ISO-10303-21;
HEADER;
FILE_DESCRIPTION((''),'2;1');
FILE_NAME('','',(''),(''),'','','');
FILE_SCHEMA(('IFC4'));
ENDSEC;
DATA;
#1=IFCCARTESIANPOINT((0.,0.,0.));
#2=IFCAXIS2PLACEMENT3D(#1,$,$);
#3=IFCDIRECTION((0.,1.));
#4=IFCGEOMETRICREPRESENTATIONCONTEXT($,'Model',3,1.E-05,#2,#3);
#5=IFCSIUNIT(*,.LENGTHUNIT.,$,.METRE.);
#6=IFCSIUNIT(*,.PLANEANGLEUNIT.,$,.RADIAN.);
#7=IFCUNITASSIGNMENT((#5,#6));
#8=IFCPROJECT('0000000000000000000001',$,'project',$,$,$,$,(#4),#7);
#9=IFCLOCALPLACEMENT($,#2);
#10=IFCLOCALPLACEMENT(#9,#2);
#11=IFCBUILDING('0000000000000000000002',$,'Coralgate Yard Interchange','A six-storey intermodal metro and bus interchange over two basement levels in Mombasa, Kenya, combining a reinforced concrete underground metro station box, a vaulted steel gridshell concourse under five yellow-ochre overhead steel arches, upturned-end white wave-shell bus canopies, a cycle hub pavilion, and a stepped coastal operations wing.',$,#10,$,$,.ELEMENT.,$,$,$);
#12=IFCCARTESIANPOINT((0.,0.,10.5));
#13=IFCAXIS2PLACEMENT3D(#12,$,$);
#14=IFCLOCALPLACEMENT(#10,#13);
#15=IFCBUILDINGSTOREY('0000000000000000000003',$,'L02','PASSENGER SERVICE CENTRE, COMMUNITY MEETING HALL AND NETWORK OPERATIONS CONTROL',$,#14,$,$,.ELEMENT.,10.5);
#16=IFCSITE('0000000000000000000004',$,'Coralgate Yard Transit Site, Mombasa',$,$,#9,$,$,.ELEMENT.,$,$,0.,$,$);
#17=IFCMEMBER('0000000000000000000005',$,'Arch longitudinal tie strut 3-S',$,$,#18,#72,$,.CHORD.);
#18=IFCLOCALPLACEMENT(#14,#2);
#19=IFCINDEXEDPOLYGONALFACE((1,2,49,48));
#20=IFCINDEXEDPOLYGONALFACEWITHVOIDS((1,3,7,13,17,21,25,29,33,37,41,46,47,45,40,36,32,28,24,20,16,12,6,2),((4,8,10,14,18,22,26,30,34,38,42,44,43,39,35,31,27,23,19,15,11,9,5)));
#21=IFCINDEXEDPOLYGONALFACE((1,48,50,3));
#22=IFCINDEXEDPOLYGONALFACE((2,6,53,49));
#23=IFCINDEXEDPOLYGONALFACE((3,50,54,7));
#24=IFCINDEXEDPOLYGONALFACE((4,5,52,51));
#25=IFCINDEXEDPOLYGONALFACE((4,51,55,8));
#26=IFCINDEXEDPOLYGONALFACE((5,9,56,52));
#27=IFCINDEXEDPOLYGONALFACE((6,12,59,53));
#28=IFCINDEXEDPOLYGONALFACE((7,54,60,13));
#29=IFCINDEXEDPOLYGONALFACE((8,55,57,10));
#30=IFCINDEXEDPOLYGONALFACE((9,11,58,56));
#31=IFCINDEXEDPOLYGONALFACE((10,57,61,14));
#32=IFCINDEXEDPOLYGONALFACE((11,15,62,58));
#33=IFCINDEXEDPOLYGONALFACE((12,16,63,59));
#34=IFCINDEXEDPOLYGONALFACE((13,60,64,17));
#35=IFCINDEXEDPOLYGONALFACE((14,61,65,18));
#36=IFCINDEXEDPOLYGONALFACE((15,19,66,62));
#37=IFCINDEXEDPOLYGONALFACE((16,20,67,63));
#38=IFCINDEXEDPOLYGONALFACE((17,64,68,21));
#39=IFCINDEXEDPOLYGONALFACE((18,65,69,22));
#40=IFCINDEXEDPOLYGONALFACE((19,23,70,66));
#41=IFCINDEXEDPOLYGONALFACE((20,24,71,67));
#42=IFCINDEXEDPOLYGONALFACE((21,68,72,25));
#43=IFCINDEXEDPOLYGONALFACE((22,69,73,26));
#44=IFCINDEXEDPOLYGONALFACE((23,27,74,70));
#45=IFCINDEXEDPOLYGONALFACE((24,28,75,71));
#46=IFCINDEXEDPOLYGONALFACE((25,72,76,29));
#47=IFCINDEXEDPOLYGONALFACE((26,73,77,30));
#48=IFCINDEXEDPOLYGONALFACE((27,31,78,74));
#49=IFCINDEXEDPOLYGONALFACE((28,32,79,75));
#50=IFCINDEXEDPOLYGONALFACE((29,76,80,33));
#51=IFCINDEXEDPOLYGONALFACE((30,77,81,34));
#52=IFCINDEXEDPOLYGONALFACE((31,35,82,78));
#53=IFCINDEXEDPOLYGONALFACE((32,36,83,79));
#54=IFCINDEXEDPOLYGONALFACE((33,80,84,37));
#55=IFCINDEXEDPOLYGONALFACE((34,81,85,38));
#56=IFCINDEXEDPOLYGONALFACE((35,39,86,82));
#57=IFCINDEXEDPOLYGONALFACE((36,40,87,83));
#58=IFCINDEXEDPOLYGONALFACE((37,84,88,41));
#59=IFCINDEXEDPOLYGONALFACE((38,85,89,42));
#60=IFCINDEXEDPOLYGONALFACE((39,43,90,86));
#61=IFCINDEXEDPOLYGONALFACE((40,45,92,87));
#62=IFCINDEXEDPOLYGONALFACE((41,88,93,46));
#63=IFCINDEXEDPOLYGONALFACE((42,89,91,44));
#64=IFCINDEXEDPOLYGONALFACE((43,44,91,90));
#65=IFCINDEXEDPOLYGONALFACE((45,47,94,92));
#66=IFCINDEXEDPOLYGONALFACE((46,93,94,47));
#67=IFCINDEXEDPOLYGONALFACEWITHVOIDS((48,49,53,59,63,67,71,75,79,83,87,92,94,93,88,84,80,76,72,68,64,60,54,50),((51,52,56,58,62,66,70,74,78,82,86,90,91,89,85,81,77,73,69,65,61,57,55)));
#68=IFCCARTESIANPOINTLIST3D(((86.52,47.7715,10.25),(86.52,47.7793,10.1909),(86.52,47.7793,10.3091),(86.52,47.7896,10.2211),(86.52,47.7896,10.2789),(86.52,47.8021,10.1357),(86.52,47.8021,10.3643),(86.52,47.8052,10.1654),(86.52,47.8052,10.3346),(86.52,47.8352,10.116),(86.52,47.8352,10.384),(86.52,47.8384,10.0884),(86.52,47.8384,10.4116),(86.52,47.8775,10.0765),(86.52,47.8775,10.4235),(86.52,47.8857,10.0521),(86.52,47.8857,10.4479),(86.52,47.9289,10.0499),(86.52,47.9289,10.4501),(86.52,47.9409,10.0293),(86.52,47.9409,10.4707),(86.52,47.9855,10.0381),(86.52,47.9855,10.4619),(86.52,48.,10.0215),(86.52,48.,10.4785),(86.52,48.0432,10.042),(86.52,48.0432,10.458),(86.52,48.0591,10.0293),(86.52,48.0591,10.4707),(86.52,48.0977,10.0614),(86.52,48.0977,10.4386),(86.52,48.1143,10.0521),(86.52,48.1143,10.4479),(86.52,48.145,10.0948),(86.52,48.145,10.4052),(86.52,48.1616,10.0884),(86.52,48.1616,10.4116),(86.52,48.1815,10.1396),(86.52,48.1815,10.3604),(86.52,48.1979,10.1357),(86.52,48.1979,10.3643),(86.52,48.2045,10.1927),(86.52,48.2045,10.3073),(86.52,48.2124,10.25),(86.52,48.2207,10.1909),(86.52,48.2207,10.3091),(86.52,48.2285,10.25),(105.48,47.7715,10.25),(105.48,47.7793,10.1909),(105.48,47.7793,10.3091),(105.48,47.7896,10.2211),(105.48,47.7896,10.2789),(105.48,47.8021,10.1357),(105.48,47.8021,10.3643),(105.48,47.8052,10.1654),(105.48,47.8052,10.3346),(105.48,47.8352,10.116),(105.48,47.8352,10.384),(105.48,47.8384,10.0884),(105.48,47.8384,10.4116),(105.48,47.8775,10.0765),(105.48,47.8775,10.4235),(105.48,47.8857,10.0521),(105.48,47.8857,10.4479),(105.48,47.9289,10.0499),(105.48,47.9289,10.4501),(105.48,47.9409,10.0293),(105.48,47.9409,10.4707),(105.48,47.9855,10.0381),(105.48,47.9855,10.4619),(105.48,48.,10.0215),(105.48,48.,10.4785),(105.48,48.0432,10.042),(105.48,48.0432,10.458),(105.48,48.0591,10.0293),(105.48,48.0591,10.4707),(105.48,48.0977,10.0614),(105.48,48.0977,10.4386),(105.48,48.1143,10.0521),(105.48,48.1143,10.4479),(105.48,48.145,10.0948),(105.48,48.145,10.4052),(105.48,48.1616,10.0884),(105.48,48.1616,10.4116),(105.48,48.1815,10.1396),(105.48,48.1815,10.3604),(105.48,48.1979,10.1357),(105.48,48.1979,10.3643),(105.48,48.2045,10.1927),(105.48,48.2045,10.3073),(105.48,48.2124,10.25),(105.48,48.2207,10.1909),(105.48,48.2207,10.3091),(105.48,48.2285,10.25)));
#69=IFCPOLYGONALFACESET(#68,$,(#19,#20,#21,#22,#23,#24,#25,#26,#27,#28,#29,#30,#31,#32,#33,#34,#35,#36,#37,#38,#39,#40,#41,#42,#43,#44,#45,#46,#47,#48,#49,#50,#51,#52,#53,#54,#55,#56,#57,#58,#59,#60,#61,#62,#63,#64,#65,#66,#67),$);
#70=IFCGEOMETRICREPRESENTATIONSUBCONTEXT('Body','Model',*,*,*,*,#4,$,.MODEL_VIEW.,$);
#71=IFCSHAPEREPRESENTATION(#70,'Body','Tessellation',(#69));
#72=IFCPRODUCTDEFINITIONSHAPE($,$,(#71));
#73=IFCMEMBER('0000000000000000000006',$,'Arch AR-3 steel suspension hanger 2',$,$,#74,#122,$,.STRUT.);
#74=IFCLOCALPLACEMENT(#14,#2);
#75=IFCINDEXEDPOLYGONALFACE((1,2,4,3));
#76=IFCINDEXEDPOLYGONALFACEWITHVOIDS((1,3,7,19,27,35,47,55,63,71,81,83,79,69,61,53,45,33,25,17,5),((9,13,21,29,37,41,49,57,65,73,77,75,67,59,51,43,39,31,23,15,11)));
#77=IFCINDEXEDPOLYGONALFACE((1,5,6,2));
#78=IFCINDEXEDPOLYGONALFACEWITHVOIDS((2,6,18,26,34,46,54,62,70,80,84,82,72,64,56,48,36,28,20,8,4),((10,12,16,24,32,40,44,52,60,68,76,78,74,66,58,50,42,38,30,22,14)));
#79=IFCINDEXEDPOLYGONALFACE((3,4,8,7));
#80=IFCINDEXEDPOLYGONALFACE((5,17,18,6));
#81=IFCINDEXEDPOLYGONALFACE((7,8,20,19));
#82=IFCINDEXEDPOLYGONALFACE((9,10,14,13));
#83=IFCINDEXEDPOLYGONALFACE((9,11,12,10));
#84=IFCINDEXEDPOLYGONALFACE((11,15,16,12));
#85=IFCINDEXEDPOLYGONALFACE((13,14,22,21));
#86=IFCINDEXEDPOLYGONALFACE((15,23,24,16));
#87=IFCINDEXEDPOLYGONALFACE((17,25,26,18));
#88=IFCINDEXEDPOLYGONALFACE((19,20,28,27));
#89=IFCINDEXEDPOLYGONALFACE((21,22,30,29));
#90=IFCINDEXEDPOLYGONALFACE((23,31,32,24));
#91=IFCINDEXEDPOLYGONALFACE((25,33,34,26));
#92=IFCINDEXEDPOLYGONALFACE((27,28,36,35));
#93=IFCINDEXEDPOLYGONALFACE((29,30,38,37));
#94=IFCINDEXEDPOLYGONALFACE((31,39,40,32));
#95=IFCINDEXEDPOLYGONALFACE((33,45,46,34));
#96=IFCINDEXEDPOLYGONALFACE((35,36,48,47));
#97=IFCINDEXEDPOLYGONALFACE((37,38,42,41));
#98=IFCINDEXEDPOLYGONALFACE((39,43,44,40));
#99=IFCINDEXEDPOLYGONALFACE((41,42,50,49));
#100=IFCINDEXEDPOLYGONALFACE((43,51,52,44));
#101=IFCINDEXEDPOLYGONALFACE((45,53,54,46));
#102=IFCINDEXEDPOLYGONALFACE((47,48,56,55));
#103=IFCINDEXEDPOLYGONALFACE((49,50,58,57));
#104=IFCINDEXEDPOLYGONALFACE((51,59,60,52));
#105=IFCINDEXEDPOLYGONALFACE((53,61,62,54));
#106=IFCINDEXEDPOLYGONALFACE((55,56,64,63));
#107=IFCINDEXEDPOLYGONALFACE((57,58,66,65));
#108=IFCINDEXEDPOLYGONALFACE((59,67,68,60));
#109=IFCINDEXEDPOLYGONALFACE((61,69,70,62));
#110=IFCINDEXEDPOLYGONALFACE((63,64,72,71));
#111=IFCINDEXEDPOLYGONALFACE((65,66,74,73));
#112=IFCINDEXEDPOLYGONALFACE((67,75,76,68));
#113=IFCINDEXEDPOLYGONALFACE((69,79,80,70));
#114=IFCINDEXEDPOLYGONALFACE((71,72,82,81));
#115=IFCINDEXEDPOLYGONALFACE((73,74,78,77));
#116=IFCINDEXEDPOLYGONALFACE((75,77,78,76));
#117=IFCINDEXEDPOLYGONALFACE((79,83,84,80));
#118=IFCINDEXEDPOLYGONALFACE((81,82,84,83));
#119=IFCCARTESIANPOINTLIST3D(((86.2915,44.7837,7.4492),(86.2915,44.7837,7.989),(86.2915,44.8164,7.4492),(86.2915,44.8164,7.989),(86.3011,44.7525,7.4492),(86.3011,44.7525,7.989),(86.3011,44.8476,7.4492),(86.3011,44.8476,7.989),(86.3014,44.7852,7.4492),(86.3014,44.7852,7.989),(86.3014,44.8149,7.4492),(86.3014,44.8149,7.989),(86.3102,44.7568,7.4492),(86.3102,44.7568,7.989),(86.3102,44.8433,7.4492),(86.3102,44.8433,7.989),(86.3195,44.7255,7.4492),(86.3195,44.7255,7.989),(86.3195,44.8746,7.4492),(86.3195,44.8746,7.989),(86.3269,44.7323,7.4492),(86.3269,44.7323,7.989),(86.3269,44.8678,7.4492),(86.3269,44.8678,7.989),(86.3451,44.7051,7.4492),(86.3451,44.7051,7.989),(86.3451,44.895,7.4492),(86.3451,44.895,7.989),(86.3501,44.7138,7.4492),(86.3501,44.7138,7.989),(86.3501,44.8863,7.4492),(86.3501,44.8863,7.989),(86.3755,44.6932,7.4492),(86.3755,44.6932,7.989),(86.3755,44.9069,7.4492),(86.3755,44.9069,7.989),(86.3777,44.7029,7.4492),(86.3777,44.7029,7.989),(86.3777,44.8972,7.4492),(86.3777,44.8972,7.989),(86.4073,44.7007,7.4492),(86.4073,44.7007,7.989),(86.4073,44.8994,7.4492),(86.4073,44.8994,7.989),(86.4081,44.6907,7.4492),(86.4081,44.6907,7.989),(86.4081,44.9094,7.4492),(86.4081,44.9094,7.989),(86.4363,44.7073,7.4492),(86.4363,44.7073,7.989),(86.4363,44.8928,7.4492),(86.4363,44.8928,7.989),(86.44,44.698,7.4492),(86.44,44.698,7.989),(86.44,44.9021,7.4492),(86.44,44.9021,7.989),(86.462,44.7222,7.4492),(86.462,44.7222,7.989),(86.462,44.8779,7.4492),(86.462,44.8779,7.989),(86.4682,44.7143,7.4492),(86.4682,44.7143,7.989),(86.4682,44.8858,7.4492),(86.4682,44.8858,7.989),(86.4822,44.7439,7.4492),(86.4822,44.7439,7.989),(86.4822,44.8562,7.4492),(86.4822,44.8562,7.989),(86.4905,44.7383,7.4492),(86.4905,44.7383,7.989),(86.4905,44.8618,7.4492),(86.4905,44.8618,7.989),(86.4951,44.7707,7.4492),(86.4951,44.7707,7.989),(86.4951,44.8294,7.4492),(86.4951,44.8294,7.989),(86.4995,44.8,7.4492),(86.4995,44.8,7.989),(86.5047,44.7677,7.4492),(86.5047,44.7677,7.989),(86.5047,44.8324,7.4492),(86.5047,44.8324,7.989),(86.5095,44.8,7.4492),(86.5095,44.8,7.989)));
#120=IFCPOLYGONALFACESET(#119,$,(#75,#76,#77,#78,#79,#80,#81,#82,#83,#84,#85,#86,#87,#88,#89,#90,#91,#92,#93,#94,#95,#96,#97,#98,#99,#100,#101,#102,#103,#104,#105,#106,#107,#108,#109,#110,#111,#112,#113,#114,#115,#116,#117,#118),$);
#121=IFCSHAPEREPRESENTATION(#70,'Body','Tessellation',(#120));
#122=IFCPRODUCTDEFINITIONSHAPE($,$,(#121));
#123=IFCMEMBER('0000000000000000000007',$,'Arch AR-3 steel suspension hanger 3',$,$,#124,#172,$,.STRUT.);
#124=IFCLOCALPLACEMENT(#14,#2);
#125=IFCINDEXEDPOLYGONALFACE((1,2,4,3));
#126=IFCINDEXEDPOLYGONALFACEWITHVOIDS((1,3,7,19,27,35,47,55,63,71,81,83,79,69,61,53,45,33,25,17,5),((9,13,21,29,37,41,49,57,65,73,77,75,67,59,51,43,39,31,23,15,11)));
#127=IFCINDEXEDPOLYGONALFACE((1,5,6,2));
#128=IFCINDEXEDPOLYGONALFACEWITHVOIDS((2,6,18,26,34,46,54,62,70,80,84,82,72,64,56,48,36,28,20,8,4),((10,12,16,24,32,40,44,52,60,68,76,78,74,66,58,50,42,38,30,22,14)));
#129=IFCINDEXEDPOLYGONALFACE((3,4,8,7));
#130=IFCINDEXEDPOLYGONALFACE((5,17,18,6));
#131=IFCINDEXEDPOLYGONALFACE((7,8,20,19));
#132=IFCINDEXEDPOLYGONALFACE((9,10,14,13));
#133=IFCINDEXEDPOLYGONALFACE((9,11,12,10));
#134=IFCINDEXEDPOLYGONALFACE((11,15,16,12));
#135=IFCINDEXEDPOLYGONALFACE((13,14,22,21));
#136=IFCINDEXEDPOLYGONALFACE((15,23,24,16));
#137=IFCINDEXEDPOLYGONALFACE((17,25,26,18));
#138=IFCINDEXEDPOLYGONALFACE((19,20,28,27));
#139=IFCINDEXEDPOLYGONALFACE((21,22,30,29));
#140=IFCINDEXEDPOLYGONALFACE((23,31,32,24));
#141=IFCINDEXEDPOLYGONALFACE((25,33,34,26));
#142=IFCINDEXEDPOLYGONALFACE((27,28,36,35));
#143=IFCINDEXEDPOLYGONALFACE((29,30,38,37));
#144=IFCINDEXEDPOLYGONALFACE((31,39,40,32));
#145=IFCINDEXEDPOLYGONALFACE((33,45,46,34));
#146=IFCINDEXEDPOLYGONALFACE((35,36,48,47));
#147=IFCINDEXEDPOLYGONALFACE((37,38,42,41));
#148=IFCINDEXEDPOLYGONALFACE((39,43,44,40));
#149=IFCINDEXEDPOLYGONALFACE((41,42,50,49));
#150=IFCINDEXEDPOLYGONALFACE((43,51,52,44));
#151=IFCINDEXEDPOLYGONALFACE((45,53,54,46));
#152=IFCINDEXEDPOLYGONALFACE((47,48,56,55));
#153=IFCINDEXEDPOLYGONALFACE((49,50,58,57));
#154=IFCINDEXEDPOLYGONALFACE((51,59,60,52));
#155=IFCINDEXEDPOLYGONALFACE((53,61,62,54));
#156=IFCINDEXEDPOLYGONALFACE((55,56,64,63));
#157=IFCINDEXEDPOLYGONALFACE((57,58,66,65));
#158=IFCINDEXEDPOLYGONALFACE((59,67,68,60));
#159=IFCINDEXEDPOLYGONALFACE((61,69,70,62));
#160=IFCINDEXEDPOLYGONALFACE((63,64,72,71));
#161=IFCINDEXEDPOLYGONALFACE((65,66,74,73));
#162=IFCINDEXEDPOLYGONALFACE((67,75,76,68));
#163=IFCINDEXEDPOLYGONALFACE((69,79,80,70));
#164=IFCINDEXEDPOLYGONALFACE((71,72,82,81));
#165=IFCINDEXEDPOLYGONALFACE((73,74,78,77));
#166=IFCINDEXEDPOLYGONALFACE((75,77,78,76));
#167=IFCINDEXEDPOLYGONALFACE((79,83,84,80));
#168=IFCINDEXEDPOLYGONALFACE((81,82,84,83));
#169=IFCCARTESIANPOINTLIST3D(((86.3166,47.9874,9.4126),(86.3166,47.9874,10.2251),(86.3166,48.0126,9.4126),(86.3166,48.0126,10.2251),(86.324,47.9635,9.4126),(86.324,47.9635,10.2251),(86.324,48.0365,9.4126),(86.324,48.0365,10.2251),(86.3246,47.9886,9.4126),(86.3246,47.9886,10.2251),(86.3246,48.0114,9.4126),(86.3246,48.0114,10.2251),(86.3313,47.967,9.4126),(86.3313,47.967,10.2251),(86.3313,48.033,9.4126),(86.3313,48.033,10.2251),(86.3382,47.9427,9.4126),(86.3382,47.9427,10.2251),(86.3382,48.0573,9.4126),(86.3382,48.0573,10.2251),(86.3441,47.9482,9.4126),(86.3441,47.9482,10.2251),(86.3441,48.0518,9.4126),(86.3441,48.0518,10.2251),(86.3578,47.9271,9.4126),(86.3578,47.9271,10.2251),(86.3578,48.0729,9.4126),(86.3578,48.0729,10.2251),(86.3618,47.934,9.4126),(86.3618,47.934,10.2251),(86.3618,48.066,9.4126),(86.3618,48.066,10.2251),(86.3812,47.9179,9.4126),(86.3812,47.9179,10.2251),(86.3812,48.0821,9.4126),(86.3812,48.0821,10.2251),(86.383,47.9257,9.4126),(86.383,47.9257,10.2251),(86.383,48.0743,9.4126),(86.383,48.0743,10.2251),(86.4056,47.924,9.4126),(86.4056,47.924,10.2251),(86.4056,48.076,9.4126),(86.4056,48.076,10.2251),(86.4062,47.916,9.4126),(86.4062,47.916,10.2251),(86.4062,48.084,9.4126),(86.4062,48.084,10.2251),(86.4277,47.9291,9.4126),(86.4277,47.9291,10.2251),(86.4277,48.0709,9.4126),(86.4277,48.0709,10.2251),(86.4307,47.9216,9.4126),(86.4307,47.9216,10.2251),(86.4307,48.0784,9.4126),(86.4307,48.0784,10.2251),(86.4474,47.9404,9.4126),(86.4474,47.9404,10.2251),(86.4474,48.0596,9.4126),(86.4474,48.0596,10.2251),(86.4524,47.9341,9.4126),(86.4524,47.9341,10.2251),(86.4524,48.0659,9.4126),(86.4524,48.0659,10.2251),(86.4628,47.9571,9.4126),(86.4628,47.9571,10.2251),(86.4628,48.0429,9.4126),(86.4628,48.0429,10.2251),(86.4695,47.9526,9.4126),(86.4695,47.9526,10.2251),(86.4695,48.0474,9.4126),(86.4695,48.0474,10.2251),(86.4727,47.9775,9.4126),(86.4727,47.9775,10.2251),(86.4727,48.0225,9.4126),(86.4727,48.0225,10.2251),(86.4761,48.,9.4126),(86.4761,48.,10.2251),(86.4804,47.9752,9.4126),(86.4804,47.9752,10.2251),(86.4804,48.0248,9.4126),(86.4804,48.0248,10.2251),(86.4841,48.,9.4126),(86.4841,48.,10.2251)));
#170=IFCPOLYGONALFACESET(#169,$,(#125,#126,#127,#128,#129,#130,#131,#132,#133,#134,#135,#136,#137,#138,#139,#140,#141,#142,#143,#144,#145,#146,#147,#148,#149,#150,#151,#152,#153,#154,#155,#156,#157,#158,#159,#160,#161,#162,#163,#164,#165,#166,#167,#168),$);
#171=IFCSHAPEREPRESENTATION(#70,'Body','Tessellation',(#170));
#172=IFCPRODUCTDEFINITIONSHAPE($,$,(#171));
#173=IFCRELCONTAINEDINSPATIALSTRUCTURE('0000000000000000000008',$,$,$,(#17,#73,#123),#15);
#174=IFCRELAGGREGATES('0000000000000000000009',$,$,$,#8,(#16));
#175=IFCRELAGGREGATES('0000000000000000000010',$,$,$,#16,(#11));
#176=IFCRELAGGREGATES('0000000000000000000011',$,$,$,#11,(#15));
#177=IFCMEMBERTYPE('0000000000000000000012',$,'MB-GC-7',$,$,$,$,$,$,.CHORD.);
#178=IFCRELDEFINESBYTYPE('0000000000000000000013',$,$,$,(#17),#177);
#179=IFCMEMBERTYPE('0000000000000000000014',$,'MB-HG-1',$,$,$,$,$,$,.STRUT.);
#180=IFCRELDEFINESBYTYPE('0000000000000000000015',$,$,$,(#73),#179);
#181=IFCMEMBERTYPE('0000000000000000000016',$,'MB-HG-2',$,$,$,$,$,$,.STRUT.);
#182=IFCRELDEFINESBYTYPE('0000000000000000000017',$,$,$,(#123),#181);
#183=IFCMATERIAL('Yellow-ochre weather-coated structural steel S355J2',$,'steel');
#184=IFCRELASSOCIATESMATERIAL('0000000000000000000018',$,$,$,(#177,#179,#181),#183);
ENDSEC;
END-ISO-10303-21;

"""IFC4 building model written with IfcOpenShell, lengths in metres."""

from ifc_helpers import new_model, si_unit, direction, frame, origin, origin_2d, place, context, subcontext, project, spatial, hollow_circle, extrude, material, material_profile, profile_set, type_object, element, save


model = new_model("IFC4")

# Units and contexts
model_context = context("Model", 3, precision=1e-05, world=origin(), true_north=direction((0.0, 1.0)))
body_context = subcontext(model_context, "Body", "Model", "MODEL_VIEW")
ifc_project = project(units=[si_unit("LENGTHUNIT", "METRE"), si_unit("PLANEANGLEUNIT", "RADIAN")], contexts=[model_context])

# Site, building, storey
site_placement = place(None, origin())
site = spatial("IfcSite", under=ifc_project, at=site_placement, Name="Coralgate Yard Transit Site, Mombasa", CompositionType="ELEMENT", RefElevation=0.0)
building_placement = place(site_placement, origin())
building = spatial("IfcBuilding", under=site, at=building_placement, Name="Coralgate Yard Interchange", Description="A six-storey intermodal metro and bus interchange over two basement levels in Mombasa, Kenya, combining a reinforced concrete underground metro station box, a vaulted steel gridshell concourse under five yellow-ochre overhead steel arches, upturned-end white wave-shell bus canopies, a cycle hub pavilion, and a stepped coastal operations wing.", CompositionType="ELEMENT")
storey_placement = place(building_placement, frame((0.0, 0.0, 10.5)))
storey = spatial("IfcBuildingStorey", under=building, at=storey_placement, Name="L02", Description="PASSENGER SERVICE CENTRE, COMMUNITY MEETING HALL AND NETWORK OPERATIONS CONTROL", CompositionType="ELEMENT", Elevation=10.5)

# Shared definitions
ifc_material_1 = material(Name="Yellow-ochre weather-coated structural steel S355J2", Category="steel")

# Members
ifc_material_profile_1 = material_profile(ifc_material_1, hollow_circle(Radius=0.2285, WallThickness=0.0161, at=origin_2d()), Name="CHS 457x16")
ifc_profile_set_1 = profile_set([ifc_material_profile_1], Name="Yellow-ochre weather-coated structural steel S355J2")
member_type_1 = type_object("IfcMemberType", Name="MB-GC-7", PredefinedType="CHORD", material=ifc_profile_set_1)
member_1_placement = place(storey_placement, frame((86.52, 48.0, 10.25), z_axis=(1.0, 0.0, 0.0), x_axis=(0.0, 1.0, 0.0)))
element("IfcMember", 1, at=member_1_placement, inside=storey, type_object=member_type_1, Name="Arch longitudinal tie strut 3-S", PredefinedType="CHORD", context=body_context, shape_type="SweptSolid", body=[
    extrude(hollow_circle(Radius=0.2285, WallThickness=0.0161, at=origin_2d()), origin(), (0.0, 0.0, 1.0), 18.96),
])
ifc_material_profile_2 = material_profile(ifc_material_1, hollow_circle(Radius=0.1096, WallThickness=0.01, at=origin_2d()), Name="CHS 219.1x10")
ifc_profile_set_2 = profile_set([ifc_material_profile_2], Name="Yellow-ochre weather-coated structural steel S355J2")
member_type_2 = type_object("IfcMemberType", Name="MB-HG-1", PredefinedType="STRUT", material=ifc_profile_set_2)
member_2_placement = place(storey_placement, frame((86.3999, 44.8, 7.4492), z_axis=(0.0, 0.0, 1.0), x_axis=(1.0, 0.0, 0.0)))
element("IfcMember", 2, at=member_2_placement, inside=storey, type_object=member_type_2, Name="Arch AR-3 steel suspension hanger 2", PredefinedType="STRUT", context=body_context, shape_type="SweptSolid", body=[
    extrude(hollow_circle(Radius=0.1096, WallThickness=0.01, at=origin_2d()), origin(), (0.0, 0.0, 1.0), 0.5398),
])
ifc_material_profile_3 = material_profile(ifc_material_1, hollow_circle(Radius=0.0842, WallThickness=0.0081, at=origin_2d()), Name="CHS 168.3x8")
ifc_profile_set_3 = profile_set([ifc_material_profile_3], Name="Yellow-ochre weather-coated structural steel S355J2")
member_type_3 = type_object("IfcMemberType", Name="MB-HG-2", PredefinedType="STRUT", material=ifc_profile_set_3)
member_3_placement = place(storey_placement, frame((86.3999, 48.0, 9.4126), z_axis=(0.0, 0.0, 1.0), x_axis=(1.0, 0.0, 0.0)))
element("IfcMember", 3, at=member_3_placement, inside=storey, type_object=member_type_3, Name="Arch AR-3 steel suspension hanger 3", PredefinedType="STRUT", context=body_context, shape_type="SweptSolid", body=[
    extrude(hollow_circle(Radius=0.0842, WallThickness=0.0081, at=origin_2d()), origin(), (0.0, 0.0, 1.0), 0.8125),
])

save(model, "model.ifc")
